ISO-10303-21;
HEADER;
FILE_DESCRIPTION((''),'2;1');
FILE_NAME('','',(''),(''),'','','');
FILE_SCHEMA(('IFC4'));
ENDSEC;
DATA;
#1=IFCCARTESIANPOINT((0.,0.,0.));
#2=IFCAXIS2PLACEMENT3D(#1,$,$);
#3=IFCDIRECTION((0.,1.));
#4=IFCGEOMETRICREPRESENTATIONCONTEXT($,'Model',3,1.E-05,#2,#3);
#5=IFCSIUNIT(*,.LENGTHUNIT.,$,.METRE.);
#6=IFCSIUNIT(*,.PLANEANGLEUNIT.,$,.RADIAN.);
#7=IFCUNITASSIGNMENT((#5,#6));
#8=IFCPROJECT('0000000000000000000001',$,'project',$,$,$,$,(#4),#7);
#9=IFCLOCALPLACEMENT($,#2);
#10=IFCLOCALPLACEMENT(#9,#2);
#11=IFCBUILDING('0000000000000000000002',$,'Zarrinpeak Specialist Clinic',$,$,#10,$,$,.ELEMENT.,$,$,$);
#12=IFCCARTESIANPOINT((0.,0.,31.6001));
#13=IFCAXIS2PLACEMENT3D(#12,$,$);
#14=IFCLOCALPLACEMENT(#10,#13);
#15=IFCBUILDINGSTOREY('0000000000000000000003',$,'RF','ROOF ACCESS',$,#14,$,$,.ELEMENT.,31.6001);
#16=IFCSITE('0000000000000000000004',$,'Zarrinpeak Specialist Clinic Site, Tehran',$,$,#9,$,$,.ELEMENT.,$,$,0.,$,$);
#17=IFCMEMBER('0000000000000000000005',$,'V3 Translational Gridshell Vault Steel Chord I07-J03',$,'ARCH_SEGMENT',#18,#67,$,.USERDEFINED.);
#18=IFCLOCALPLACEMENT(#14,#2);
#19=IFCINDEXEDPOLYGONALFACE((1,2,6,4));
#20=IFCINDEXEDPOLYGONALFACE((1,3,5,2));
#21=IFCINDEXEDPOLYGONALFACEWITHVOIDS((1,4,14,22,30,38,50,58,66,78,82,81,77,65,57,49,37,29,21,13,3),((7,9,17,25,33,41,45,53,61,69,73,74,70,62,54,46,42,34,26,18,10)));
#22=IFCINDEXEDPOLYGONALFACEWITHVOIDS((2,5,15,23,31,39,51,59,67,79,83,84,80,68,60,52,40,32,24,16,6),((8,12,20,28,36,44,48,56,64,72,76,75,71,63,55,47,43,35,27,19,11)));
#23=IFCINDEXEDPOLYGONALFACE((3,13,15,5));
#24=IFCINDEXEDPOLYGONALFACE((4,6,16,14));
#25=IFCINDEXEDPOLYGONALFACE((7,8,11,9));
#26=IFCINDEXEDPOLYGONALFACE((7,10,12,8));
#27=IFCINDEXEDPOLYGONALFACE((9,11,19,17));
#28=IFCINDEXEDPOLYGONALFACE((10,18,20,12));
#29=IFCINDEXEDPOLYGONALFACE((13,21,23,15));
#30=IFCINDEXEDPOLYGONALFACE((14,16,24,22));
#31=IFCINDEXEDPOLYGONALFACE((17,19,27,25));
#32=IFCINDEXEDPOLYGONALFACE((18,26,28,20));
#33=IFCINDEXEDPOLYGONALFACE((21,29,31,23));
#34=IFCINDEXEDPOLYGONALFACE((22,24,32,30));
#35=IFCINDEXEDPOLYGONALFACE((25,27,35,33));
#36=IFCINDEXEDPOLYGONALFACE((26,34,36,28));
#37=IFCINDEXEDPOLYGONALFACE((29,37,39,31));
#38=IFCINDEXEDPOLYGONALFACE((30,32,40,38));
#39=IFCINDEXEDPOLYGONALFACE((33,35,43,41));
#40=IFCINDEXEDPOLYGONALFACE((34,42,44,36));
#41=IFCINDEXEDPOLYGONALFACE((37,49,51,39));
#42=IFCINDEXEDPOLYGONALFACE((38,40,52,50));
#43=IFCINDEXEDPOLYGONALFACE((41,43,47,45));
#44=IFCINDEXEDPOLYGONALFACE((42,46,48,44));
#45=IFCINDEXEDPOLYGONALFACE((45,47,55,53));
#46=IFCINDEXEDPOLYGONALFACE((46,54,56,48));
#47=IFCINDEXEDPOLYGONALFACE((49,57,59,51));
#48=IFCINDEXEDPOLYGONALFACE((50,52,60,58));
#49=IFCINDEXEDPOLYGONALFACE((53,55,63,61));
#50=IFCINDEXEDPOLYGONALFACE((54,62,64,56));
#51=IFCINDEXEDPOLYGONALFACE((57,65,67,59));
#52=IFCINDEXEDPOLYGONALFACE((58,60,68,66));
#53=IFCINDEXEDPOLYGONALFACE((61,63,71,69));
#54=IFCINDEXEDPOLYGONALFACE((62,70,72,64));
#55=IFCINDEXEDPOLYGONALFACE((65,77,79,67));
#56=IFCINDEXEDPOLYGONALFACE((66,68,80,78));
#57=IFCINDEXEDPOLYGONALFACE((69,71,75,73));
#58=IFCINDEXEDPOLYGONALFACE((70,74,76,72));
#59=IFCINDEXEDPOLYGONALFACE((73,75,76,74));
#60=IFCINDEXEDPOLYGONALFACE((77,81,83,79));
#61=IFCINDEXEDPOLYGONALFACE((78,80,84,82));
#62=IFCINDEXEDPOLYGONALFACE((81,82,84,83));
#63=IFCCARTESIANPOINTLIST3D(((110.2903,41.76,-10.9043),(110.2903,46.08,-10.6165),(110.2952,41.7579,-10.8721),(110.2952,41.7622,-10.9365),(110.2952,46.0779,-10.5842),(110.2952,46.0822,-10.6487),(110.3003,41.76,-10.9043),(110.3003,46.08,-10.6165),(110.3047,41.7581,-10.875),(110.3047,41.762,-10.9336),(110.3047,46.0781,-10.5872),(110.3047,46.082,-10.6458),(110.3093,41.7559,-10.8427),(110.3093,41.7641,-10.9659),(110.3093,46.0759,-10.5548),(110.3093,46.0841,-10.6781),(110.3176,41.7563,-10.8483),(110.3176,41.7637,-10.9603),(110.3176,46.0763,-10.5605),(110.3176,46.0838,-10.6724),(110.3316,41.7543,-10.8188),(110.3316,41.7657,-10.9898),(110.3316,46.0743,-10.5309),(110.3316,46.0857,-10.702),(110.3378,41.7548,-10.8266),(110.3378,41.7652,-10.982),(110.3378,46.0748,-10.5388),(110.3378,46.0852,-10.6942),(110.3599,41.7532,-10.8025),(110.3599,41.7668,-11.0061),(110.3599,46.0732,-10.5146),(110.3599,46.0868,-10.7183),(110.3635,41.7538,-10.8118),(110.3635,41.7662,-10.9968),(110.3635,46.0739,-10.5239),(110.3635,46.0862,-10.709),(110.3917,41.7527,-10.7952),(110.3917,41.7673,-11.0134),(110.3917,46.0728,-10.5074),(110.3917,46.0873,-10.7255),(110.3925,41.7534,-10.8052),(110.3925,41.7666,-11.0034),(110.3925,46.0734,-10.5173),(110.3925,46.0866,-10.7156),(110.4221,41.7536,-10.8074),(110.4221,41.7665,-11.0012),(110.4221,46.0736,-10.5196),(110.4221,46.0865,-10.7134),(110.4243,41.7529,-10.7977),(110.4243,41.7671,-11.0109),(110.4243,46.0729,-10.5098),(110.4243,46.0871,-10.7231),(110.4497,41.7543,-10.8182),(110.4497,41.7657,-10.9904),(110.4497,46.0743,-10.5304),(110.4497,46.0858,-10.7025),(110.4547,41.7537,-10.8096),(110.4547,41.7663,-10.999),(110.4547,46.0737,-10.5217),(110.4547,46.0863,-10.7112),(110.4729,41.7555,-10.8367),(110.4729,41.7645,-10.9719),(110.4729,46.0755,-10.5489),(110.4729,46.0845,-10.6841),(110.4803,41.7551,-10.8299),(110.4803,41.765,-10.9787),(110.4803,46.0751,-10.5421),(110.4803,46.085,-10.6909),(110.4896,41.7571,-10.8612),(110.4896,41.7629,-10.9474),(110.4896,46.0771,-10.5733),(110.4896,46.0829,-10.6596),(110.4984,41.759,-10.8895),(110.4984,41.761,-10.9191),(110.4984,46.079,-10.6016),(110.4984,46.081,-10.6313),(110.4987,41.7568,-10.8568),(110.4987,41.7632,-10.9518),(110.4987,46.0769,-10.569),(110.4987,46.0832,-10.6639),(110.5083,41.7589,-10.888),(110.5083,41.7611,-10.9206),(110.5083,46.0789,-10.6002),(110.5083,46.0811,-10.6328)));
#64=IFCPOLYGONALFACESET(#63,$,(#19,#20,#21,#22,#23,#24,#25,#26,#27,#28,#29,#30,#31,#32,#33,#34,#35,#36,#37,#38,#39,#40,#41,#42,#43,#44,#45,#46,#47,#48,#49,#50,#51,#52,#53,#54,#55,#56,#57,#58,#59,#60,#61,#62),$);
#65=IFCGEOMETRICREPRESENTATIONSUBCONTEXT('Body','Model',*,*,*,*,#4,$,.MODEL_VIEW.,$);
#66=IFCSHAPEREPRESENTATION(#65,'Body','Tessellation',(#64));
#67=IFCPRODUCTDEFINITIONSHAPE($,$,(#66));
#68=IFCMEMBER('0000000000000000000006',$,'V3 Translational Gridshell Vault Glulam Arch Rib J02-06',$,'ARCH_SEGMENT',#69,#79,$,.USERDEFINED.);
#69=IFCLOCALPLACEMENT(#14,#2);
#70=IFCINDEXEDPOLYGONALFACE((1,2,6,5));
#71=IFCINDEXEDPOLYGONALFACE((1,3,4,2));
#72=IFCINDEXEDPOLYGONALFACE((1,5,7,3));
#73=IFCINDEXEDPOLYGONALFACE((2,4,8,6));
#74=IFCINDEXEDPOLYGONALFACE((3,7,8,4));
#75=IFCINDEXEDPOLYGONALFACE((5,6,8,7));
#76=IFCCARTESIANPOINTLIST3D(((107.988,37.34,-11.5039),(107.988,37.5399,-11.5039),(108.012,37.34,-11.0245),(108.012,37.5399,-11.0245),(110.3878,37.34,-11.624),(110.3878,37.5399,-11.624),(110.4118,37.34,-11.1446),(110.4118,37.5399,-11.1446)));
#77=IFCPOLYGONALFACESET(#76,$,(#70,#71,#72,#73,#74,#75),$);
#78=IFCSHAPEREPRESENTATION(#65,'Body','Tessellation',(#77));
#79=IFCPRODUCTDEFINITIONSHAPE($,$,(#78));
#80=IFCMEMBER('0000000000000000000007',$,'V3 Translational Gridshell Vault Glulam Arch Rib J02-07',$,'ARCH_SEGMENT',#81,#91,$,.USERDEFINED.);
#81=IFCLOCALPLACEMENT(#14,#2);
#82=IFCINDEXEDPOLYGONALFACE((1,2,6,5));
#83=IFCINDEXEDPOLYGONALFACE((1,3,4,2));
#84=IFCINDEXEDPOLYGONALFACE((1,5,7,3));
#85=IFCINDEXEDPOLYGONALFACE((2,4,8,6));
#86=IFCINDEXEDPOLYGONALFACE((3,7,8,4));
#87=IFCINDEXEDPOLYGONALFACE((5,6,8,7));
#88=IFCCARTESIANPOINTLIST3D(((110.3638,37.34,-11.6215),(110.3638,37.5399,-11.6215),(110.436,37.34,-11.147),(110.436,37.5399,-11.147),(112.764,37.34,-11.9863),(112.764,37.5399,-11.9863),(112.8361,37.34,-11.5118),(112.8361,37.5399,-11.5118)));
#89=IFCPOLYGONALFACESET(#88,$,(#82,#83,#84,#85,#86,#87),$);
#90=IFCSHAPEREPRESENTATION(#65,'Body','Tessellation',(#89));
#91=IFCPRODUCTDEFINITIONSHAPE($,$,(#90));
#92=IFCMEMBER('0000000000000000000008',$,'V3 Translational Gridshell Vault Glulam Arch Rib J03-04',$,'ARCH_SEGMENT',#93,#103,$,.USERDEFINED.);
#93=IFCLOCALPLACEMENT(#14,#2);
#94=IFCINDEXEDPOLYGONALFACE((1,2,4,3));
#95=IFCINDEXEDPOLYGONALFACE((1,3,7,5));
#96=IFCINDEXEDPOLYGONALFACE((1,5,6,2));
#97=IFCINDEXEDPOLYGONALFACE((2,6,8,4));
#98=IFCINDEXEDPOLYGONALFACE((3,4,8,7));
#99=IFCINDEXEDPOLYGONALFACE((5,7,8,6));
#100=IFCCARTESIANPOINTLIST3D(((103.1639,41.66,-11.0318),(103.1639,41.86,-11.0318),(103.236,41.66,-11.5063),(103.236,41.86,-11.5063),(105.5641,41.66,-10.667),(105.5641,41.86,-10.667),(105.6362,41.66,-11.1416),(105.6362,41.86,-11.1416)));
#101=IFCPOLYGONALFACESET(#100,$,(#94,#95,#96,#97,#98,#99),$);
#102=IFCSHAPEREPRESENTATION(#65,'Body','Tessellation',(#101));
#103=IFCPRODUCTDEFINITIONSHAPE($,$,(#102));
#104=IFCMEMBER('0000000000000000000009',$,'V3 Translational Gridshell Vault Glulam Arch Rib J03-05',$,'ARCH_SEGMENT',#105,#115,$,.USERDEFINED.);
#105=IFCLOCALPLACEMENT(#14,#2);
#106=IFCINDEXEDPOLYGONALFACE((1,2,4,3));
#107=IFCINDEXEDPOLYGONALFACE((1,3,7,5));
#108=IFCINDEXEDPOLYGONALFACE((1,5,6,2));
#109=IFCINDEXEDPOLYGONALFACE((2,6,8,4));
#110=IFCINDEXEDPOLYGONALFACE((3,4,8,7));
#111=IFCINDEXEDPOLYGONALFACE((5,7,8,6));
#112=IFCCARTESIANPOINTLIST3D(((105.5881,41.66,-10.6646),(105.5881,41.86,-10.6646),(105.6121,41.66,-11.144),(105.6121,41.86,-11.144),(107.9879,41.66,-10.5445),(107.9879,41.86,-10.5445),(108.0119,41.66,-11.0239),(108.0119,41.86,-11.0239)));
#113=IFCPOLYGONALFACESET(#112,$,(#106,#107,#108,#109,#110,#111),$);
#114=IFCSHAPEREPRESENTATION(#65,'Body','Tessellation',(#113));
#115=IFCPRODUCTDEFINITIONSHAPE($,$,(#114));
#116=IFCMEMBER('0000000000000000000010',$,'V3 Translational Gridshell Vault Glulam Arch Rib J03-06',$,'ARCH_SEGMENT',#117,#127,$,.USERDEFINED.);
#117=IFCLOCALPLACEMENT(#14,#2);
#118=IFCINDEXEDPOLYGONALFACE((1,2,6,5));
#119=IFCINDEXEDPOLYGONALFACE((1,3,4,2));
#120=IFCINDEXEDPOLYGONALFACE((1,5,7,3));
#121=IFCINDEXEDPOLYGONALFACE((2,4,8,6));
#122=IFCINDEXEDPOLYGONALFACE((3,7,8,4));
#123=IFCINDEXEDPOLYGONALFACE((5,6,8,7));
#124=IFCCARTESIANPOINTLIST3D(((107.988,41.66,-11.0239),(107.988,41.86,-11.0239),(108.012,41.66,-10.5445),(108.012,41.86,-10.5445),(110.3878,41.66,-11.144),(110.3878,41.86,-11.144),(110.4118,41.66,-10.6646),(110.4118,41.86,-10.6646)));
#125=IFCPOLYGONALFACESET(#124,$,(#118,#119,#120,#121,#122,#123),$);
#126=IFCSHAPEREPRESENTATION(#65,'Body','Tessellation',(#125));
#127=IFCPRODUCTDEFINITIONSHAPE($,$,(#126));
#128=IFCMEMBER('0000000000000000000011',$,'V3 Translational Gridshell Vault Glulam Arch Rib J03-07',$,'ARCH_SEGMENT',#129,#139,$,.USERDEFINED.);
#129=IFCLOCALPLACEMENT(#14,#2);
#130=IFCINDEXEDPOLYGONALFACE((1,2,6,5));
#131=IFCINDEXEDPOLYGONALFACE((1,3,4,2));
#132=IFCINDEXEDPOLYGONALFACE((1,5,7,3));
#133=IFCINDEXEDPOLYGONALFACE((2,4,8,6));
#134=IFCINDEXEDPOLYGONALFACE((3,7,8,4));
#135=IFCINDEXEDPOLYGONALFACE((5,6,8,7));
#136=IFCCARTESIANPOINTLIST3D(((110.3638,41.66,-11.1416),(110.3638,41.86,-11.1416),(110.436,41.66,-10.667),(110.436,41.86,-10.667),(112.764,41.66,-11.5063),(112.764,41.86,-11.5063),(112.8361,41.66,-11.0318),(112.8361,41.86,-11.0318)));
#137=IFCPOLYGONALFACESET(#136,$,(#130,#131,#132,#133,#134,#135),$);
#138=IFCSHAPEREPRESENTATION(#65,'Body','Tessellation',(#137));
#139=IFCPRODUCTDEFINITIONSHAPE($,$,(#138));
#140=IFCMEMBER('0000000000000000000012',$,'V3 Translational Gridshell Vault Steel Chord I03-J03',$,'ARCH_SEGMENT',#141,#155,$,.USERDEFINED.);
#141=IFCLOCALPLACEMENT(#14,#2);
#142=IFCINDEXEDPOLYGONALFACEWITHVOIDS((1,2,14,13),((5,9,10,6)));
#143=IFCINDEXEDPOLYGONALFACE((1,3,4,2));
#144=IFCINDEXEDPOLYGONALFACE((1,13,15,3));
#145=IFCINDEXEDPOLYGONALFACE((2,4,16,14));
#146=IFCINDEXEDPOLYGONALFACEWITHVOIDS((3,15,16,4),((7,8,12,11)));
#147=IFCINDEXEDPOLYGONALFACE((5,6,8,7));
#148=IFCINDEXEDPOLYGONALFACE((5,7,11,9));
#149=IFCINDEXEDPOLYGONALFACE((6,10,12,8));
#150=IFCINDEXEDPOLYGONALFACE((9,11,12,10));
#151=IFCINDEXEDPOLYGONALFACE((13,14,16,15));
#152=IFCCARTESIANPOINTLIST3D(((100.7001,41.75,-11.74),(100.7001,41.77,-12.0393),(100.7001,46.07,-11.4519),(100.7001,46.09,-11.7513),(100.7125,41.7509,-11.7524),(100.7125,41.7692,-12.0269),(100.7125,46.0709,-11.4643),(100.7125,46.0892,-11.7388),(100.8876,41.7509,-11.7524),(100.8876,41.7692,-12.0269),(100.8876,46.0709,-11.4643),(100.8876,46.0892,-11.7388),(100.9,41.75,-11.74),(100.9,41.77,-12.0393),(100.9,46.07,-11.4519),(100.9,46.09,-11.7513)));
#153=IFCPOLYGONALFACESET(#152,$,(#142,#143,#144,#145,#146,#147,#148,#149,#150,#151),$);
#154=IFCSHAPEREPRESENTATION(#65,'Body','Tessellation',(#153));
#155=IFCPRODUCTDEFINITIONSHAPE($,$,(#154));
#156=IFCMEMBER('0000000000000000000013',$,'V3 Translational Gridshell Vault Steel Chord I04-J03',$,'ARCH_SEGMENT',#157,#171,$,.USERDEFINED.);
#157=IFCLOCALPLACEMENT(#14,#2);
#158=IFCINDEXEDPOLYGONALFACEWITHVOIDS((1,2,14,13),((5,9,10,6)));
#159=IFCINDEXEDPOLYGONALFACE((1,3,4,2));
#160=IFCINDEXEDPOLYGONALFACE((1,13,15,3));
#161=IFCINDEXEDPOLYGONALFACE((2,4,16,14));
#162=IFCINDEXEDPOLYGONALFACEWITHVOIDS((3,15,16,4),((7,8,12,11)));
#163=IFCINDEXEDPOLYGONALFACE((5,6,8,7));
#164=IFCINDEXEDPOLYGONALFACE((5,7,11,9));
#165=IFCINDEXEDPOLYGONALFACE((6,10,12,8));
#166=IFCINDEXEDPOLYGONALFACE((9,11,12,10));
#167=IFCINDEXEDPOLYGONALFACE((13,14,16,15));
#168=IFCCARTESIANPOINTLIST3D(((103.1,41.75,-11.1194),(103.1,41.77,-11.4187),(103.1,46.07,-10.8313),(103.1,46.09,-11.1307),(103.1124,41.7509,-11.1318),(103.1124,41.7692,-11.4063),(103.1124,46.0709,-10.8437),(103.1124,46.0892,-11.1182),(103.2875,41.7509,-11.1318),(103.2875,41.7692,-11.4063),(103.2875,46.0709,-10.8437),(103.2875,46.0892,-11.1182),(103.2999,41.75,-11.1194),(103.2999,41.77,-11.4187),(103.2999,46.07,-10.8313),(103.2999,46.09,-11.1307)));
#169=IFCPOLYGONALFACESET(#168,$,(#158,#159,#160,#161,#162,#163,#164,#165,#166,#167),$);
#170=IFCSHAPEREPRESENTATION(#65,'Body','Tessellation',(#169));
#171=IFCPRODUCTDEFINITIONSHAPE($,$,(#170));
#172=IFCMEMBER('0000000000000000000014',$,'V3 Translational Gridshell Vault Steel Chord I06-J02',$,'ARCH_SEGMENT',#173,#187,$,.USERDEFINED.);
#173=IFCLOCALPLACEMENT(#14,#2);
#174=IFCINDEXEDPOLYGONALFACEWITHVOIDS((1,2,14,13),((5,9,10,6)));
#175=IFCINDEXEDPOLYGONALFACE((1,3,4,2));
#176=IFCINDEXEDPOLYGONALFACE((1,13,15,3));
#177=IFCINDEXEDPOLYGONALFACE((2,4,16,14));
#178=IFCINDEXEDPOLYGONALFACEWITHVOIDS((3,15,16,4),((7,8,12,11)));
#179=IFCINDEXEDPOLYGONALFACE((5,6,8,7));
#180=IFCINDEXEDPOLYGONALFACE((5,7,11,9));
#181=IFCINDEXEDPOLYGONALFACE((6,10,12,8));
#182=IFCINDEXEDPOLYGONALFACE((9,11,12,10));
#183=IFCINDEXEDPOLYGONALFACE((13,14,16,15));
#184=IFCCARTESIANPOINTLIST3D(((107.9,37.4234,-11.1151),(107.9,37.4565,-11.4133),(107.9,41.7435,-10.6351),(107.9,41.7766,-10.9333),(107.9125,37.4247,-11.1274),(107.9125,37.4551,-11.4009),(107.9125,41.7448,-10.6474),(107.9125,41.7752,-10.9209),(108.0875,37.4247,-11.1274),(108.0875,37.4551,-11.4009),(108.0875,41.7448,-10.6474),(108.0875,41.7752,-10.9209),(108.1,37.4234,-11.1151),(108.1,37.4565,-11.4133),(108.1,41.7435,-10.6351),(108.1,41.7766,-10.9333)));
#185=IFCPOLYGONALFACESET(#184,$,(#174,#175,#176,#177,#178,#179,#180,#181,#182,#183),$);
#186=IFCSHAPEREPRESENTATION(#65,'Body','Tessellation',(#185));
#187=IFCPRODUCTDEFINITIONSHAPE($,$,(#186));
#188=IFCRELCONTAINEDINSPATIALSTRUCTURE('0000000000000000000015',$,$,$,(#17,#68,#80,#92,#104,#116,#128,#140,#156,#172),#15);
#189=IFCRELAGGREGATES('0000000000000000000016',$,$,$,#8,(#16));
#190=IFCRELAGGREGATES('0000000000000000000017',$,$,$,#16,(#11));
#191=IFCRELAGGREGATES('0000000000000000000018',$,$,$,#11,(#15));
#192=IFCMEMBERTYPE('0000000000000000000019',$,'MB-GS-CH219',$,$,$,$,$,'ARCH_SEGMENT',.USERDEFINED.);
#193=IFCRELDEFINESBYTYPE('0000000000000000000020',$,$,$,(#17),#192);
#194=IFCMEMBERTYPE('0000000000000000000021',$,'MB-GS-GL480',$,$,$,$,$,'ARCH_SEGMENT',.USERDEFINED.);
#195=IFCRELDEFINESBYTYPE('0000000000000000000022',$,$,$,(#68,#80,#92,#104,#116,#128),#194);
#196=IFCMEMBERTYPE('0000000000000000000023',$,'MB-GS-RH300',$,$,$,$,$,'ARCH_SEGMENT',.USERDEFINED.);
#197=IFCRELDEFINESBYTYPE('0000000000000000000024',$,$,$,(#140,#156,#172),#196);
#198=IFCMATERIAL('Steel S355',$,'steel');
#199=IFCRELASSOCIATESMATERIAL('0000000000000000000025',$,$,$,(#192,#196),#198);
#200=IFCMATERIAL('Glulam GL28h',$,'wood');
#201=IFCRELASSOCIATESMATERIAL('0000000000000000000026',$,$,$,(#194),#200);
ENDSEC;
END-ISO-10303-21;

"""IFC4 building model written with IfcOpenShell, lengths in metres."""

from ifc_helpers import new_model, si_unit, direction, frame, origin, origin_2d, place, context, subcontext, project, spatial, rectangle, hollow_rectangle, hollow_circle, extrude, material, material_profile, profile_set, type_object, element, save


model = new_model("IFC4")

# Units and contexts
model_context = context("Model", 3, precision=1e-05, world=origin(), true_north=direction((0.0, 1.0)))
body_context = subcontext(model_context, "Body", "Model", "MODEL_VIEW")
ifc_project = project(units=[si_unit("LENGTHUNIT", "METRE"), si_unit("PLANEANGLEUNIT", "RADIAN")], contexts=[model_context])

# Site, building, storey
site_placement = place(None, origin())
site = spatial("IfcSite", under=ifc_project, at=site_placement, Name="Zarrinpeak Specialist Clinic Site, Tehran", CompositionType="ELEMENT", RefElevation=0.0)
building_placement = place(site_placement, origin())
building = spatial("IfcBuilding", under=site, at=building_placement, Name="Zarrinpeak Specialist Clinic", CompositionType="ELEMENT")
storey_placement = place(building_placement, frame((0.0, 0.0, 31.6001)))
storey = spatial("IfcBuildingStorey", under=building, at=storey_placement, Name="RF", Description="ROOF ACCESS", CompositionType="ELEMENT", Elevation=31.6001)

# Members
ifc_material_1 = material(Name="Steel S355", Category="steel")
ifc_material_profile_1 = material_profile(ifc_material_1, hollow_circle(Radius=0.1096, WallThickness=0.01, at=origin_2d()), Name="CHS 219.1x10.0")
ifc_profile_set_1 = profile_set([ifc_material_profile_1], Name="Steel S355")
member_type_1 = type_object("IfcMemberType", Name="MB-GS-CH219", ElementType="ARCH_SEGMENT", PredefinedType="USERDEFINED", material=ifc_profile_set_1)
member_1_placement = place(storey_placement, frame((110.3999, 41.76, -10.9043), z_axis=(0.0, 0.997788, 0.066482), x_axis=(-1.0, 0.0, 0.0)))
element("IfcMember", 1, at=member_1_placement, inside=storey, type_object=member_type_1, Name="V3 Translational Gridshell Vault Steel Chord I07-J03", ObjectType="ARCH_SEGMENT", PredefinedType="USERDEFINED", context=body_context, shape_type="SweptSolid", body=[
    extrude(hollow_circle(Radius=0.1096, WallThickness=0.01, at=origin_2d()), origin(), (0.0, 0.0, 1.0), 4.3296),
])
ifc_material_2 = material(Name="Glulam GL28h", Category="wood")
ifc_material_profile_2 = material_profile(ifc_material_2, rectangle(XDim=0.2, YDim=0.48, at=origin_2d()), Name="GL28h 200x480")
ifc_profile_set_2 = profile_set([ifc_material_profile_2], Name="Glulam GL28h")
member_type_2 = type_object("IfcMemberType", Name="MB-GS-GL480", ElementType="ARCH_SEGMENT", PredefinedType="USERDEFINED", material=ifc_profile_set_2)
member_2_placement = place(storey_placement, frame((108.0, 37.4399, -11.2642), z_axis=(0.99875, 0.0, -0.049988), x_axis=(0.0, 1.0, 0.0)))
element("IfcMember", 2, at=member_2_placement, inside=storey, type_object=member_type_2, Name="V3 Translational Gridshell Vault Glulam Arch Rib J02-06", ObjectType="ARCH_SEGMENT", PredefinedType="USERDEFINED", context=body_context, shape_type="SweptSolid", body=[
    extrude(rectangle(XDim=0.2, YDim=0.48, at=origin_2d()), origin(), (0.0, 0.0, 1.0), 2.4028),
])
for number, where, z_axis, x_axis, name in (
    (3, (110.3999, 37.4399, -11.3843), (0.988649, 0.0, -0.150243), (0.0, 1.0, 0.0), "V3 Translational Gridshell Vault Glulam Arch Rib J02-07"),
    (4, (103.2, 41.76, -11.269), (0.988649, 0.0, 0.150243), (0.0, 1.0, 0.0), "V3 Translational Gridshell Vault Glulam Arch Rib J03-04"),
):
    element("IfcMember", number, at=place(storey_placement, frame(where, z_axis=z_axis, x_axis=x_axis)), inside=storey, type_object=member_type_2, Name=name, ObjectType="ARCH_SEGMENT", PredefinedType="USERDEFINED", context=body_context, shape_type="SweptSolid", body=[
        extrude(rectangle(XDim=0.2, YDim=0.48, at=origin_2d()), origin(), (0.0, 0.0, 1.0), 2.4277),
    ])
for number, where, z_axis, x_axis, name in (
    (5, (105.6001, 41.76, -10.9043), (0.99875, 0.0, 0.049988), (0.0, 1.0, 0.0), "V3 Translational Gridshell Vault Glulam Arch Rib J03-05"),
    (6, (108.0, 41.76, -10.7842), (0.99875, 0.0, -0.049988), (0.0, 1.0, 0.0), "V3 Translational Gridshell Vault Glulam Arch Rib J03-06"),
):
    element("IfcMember", number, at=place(storey_placement, frame(where, z_axis=z_axis, x_axis=x_axis)), inside=storey, type_object=member_type_2, Name=name, ObjectType="ARCH_SEGMENT", PredefinedType="USERDEFINED", context=body_context, shape_type="SweptSolid", body=[
        extrude(rectangle(XDim=0.2, YDim=0.48, at=origin_2d()), origin(), (0.0, 0.0, 1.0), 2.4028),
    ])
member_3_placement = place(storey_placement, frame((110.3999, 41.76, -10.9043), z_axis=(0.988649, 0.0, -0.150243), x_axis=(0.0, 1.0, 0.0)))
element("IfcMember", 7, at=member_3_placement, inside=storey, type_object=member_type_2, Name="V3 Translational Gridshell Vault Glulam Arch Rib J03-07", ObjectType="ARCH_SEGMENT", PredefinedType="USERDEFINED", context=body_context, shape_type="SweptSolid", body=[
    extrude(rectangle(XDim=0.2, YDim=0.48, at=origin_2d()), origin(), (0.0, 0.0, 1.0), 2.4277),
])
ifc_material_profile_3 = material_profile(ifc_material_1, hollow_rectangle(XDim=0.2, YDim=0.3, WallThickness=0.0125, at=origin_2d()), Name="RHS 300x200x12.5")
ifc_profile_set_3 = profile_set([ifc_material_profile_3], Name="Steel S355")
member_type_3 = type_object("IfcMemberType", Name="MB-GS-RH300", ElementType="ARCH_SEGMENT", PredefinedType="USERDEFINED", material=ifc_profile_set_3)
for number, where, z_axis, x_axis, name in (
    (8, (100.8, 41.76, -11.8896), (0.0, 0.997784, 0.066538), (-1.0, 0.0, 0.0), "V3 Translational Gridshell Vault Steel Chord I03-J03"),
    (9, (103.2, 41.76, -11.269), (0.0, 0.997784, 0.066538), (-1.0, 0.0, 0.0), "V3 Translational Gridshell Vault Steel Chord I04-J03"),
):
    element("IfcMember", number, at=place(storey_placement, frame(where, z_axis=z_axis, x_axis=x_axis)), inside=storey, type_object=member_type_3, Name=name, ObjectType="ARCH_SEGMENT", PredefinedType="USERDEFINED", context=body_context, shape_type="SweptSolid", body=[
        extrude(hollow_rectangle(XDim=0.2, YDim=0.3, WallThickness=0.0125, at=origin_2d()), origin(), (0.0, 0.0, 1.0), 4.3296),
    ])
member_4_placement = place(storey_placement, frame((108.0, 37.4399, -11.2642), z_axis=(0.0, 0.993884, 0.110425), x_axis=(-1.0, 0.0, 0.0)))
element("IfcMember", 10, at=member_4_placement, inside=storey, type_object=member_type_3, Name="V3 Translational Gridshell Vault Steel Chord I06-J02", ObjectType="ARCH_SEGMENT", PredefinedType="USERDEFINED", context=body_context, shape_type="SweptSolid", body=[
    extrude(hollow_rectangle(XDim=0.2, YDim=0.3, WallThickness=0.0125, at=origin_2d()), origin(), (0.0, 0.0, 1.0), 4.3467),
])

save(model, "model.ifc")
